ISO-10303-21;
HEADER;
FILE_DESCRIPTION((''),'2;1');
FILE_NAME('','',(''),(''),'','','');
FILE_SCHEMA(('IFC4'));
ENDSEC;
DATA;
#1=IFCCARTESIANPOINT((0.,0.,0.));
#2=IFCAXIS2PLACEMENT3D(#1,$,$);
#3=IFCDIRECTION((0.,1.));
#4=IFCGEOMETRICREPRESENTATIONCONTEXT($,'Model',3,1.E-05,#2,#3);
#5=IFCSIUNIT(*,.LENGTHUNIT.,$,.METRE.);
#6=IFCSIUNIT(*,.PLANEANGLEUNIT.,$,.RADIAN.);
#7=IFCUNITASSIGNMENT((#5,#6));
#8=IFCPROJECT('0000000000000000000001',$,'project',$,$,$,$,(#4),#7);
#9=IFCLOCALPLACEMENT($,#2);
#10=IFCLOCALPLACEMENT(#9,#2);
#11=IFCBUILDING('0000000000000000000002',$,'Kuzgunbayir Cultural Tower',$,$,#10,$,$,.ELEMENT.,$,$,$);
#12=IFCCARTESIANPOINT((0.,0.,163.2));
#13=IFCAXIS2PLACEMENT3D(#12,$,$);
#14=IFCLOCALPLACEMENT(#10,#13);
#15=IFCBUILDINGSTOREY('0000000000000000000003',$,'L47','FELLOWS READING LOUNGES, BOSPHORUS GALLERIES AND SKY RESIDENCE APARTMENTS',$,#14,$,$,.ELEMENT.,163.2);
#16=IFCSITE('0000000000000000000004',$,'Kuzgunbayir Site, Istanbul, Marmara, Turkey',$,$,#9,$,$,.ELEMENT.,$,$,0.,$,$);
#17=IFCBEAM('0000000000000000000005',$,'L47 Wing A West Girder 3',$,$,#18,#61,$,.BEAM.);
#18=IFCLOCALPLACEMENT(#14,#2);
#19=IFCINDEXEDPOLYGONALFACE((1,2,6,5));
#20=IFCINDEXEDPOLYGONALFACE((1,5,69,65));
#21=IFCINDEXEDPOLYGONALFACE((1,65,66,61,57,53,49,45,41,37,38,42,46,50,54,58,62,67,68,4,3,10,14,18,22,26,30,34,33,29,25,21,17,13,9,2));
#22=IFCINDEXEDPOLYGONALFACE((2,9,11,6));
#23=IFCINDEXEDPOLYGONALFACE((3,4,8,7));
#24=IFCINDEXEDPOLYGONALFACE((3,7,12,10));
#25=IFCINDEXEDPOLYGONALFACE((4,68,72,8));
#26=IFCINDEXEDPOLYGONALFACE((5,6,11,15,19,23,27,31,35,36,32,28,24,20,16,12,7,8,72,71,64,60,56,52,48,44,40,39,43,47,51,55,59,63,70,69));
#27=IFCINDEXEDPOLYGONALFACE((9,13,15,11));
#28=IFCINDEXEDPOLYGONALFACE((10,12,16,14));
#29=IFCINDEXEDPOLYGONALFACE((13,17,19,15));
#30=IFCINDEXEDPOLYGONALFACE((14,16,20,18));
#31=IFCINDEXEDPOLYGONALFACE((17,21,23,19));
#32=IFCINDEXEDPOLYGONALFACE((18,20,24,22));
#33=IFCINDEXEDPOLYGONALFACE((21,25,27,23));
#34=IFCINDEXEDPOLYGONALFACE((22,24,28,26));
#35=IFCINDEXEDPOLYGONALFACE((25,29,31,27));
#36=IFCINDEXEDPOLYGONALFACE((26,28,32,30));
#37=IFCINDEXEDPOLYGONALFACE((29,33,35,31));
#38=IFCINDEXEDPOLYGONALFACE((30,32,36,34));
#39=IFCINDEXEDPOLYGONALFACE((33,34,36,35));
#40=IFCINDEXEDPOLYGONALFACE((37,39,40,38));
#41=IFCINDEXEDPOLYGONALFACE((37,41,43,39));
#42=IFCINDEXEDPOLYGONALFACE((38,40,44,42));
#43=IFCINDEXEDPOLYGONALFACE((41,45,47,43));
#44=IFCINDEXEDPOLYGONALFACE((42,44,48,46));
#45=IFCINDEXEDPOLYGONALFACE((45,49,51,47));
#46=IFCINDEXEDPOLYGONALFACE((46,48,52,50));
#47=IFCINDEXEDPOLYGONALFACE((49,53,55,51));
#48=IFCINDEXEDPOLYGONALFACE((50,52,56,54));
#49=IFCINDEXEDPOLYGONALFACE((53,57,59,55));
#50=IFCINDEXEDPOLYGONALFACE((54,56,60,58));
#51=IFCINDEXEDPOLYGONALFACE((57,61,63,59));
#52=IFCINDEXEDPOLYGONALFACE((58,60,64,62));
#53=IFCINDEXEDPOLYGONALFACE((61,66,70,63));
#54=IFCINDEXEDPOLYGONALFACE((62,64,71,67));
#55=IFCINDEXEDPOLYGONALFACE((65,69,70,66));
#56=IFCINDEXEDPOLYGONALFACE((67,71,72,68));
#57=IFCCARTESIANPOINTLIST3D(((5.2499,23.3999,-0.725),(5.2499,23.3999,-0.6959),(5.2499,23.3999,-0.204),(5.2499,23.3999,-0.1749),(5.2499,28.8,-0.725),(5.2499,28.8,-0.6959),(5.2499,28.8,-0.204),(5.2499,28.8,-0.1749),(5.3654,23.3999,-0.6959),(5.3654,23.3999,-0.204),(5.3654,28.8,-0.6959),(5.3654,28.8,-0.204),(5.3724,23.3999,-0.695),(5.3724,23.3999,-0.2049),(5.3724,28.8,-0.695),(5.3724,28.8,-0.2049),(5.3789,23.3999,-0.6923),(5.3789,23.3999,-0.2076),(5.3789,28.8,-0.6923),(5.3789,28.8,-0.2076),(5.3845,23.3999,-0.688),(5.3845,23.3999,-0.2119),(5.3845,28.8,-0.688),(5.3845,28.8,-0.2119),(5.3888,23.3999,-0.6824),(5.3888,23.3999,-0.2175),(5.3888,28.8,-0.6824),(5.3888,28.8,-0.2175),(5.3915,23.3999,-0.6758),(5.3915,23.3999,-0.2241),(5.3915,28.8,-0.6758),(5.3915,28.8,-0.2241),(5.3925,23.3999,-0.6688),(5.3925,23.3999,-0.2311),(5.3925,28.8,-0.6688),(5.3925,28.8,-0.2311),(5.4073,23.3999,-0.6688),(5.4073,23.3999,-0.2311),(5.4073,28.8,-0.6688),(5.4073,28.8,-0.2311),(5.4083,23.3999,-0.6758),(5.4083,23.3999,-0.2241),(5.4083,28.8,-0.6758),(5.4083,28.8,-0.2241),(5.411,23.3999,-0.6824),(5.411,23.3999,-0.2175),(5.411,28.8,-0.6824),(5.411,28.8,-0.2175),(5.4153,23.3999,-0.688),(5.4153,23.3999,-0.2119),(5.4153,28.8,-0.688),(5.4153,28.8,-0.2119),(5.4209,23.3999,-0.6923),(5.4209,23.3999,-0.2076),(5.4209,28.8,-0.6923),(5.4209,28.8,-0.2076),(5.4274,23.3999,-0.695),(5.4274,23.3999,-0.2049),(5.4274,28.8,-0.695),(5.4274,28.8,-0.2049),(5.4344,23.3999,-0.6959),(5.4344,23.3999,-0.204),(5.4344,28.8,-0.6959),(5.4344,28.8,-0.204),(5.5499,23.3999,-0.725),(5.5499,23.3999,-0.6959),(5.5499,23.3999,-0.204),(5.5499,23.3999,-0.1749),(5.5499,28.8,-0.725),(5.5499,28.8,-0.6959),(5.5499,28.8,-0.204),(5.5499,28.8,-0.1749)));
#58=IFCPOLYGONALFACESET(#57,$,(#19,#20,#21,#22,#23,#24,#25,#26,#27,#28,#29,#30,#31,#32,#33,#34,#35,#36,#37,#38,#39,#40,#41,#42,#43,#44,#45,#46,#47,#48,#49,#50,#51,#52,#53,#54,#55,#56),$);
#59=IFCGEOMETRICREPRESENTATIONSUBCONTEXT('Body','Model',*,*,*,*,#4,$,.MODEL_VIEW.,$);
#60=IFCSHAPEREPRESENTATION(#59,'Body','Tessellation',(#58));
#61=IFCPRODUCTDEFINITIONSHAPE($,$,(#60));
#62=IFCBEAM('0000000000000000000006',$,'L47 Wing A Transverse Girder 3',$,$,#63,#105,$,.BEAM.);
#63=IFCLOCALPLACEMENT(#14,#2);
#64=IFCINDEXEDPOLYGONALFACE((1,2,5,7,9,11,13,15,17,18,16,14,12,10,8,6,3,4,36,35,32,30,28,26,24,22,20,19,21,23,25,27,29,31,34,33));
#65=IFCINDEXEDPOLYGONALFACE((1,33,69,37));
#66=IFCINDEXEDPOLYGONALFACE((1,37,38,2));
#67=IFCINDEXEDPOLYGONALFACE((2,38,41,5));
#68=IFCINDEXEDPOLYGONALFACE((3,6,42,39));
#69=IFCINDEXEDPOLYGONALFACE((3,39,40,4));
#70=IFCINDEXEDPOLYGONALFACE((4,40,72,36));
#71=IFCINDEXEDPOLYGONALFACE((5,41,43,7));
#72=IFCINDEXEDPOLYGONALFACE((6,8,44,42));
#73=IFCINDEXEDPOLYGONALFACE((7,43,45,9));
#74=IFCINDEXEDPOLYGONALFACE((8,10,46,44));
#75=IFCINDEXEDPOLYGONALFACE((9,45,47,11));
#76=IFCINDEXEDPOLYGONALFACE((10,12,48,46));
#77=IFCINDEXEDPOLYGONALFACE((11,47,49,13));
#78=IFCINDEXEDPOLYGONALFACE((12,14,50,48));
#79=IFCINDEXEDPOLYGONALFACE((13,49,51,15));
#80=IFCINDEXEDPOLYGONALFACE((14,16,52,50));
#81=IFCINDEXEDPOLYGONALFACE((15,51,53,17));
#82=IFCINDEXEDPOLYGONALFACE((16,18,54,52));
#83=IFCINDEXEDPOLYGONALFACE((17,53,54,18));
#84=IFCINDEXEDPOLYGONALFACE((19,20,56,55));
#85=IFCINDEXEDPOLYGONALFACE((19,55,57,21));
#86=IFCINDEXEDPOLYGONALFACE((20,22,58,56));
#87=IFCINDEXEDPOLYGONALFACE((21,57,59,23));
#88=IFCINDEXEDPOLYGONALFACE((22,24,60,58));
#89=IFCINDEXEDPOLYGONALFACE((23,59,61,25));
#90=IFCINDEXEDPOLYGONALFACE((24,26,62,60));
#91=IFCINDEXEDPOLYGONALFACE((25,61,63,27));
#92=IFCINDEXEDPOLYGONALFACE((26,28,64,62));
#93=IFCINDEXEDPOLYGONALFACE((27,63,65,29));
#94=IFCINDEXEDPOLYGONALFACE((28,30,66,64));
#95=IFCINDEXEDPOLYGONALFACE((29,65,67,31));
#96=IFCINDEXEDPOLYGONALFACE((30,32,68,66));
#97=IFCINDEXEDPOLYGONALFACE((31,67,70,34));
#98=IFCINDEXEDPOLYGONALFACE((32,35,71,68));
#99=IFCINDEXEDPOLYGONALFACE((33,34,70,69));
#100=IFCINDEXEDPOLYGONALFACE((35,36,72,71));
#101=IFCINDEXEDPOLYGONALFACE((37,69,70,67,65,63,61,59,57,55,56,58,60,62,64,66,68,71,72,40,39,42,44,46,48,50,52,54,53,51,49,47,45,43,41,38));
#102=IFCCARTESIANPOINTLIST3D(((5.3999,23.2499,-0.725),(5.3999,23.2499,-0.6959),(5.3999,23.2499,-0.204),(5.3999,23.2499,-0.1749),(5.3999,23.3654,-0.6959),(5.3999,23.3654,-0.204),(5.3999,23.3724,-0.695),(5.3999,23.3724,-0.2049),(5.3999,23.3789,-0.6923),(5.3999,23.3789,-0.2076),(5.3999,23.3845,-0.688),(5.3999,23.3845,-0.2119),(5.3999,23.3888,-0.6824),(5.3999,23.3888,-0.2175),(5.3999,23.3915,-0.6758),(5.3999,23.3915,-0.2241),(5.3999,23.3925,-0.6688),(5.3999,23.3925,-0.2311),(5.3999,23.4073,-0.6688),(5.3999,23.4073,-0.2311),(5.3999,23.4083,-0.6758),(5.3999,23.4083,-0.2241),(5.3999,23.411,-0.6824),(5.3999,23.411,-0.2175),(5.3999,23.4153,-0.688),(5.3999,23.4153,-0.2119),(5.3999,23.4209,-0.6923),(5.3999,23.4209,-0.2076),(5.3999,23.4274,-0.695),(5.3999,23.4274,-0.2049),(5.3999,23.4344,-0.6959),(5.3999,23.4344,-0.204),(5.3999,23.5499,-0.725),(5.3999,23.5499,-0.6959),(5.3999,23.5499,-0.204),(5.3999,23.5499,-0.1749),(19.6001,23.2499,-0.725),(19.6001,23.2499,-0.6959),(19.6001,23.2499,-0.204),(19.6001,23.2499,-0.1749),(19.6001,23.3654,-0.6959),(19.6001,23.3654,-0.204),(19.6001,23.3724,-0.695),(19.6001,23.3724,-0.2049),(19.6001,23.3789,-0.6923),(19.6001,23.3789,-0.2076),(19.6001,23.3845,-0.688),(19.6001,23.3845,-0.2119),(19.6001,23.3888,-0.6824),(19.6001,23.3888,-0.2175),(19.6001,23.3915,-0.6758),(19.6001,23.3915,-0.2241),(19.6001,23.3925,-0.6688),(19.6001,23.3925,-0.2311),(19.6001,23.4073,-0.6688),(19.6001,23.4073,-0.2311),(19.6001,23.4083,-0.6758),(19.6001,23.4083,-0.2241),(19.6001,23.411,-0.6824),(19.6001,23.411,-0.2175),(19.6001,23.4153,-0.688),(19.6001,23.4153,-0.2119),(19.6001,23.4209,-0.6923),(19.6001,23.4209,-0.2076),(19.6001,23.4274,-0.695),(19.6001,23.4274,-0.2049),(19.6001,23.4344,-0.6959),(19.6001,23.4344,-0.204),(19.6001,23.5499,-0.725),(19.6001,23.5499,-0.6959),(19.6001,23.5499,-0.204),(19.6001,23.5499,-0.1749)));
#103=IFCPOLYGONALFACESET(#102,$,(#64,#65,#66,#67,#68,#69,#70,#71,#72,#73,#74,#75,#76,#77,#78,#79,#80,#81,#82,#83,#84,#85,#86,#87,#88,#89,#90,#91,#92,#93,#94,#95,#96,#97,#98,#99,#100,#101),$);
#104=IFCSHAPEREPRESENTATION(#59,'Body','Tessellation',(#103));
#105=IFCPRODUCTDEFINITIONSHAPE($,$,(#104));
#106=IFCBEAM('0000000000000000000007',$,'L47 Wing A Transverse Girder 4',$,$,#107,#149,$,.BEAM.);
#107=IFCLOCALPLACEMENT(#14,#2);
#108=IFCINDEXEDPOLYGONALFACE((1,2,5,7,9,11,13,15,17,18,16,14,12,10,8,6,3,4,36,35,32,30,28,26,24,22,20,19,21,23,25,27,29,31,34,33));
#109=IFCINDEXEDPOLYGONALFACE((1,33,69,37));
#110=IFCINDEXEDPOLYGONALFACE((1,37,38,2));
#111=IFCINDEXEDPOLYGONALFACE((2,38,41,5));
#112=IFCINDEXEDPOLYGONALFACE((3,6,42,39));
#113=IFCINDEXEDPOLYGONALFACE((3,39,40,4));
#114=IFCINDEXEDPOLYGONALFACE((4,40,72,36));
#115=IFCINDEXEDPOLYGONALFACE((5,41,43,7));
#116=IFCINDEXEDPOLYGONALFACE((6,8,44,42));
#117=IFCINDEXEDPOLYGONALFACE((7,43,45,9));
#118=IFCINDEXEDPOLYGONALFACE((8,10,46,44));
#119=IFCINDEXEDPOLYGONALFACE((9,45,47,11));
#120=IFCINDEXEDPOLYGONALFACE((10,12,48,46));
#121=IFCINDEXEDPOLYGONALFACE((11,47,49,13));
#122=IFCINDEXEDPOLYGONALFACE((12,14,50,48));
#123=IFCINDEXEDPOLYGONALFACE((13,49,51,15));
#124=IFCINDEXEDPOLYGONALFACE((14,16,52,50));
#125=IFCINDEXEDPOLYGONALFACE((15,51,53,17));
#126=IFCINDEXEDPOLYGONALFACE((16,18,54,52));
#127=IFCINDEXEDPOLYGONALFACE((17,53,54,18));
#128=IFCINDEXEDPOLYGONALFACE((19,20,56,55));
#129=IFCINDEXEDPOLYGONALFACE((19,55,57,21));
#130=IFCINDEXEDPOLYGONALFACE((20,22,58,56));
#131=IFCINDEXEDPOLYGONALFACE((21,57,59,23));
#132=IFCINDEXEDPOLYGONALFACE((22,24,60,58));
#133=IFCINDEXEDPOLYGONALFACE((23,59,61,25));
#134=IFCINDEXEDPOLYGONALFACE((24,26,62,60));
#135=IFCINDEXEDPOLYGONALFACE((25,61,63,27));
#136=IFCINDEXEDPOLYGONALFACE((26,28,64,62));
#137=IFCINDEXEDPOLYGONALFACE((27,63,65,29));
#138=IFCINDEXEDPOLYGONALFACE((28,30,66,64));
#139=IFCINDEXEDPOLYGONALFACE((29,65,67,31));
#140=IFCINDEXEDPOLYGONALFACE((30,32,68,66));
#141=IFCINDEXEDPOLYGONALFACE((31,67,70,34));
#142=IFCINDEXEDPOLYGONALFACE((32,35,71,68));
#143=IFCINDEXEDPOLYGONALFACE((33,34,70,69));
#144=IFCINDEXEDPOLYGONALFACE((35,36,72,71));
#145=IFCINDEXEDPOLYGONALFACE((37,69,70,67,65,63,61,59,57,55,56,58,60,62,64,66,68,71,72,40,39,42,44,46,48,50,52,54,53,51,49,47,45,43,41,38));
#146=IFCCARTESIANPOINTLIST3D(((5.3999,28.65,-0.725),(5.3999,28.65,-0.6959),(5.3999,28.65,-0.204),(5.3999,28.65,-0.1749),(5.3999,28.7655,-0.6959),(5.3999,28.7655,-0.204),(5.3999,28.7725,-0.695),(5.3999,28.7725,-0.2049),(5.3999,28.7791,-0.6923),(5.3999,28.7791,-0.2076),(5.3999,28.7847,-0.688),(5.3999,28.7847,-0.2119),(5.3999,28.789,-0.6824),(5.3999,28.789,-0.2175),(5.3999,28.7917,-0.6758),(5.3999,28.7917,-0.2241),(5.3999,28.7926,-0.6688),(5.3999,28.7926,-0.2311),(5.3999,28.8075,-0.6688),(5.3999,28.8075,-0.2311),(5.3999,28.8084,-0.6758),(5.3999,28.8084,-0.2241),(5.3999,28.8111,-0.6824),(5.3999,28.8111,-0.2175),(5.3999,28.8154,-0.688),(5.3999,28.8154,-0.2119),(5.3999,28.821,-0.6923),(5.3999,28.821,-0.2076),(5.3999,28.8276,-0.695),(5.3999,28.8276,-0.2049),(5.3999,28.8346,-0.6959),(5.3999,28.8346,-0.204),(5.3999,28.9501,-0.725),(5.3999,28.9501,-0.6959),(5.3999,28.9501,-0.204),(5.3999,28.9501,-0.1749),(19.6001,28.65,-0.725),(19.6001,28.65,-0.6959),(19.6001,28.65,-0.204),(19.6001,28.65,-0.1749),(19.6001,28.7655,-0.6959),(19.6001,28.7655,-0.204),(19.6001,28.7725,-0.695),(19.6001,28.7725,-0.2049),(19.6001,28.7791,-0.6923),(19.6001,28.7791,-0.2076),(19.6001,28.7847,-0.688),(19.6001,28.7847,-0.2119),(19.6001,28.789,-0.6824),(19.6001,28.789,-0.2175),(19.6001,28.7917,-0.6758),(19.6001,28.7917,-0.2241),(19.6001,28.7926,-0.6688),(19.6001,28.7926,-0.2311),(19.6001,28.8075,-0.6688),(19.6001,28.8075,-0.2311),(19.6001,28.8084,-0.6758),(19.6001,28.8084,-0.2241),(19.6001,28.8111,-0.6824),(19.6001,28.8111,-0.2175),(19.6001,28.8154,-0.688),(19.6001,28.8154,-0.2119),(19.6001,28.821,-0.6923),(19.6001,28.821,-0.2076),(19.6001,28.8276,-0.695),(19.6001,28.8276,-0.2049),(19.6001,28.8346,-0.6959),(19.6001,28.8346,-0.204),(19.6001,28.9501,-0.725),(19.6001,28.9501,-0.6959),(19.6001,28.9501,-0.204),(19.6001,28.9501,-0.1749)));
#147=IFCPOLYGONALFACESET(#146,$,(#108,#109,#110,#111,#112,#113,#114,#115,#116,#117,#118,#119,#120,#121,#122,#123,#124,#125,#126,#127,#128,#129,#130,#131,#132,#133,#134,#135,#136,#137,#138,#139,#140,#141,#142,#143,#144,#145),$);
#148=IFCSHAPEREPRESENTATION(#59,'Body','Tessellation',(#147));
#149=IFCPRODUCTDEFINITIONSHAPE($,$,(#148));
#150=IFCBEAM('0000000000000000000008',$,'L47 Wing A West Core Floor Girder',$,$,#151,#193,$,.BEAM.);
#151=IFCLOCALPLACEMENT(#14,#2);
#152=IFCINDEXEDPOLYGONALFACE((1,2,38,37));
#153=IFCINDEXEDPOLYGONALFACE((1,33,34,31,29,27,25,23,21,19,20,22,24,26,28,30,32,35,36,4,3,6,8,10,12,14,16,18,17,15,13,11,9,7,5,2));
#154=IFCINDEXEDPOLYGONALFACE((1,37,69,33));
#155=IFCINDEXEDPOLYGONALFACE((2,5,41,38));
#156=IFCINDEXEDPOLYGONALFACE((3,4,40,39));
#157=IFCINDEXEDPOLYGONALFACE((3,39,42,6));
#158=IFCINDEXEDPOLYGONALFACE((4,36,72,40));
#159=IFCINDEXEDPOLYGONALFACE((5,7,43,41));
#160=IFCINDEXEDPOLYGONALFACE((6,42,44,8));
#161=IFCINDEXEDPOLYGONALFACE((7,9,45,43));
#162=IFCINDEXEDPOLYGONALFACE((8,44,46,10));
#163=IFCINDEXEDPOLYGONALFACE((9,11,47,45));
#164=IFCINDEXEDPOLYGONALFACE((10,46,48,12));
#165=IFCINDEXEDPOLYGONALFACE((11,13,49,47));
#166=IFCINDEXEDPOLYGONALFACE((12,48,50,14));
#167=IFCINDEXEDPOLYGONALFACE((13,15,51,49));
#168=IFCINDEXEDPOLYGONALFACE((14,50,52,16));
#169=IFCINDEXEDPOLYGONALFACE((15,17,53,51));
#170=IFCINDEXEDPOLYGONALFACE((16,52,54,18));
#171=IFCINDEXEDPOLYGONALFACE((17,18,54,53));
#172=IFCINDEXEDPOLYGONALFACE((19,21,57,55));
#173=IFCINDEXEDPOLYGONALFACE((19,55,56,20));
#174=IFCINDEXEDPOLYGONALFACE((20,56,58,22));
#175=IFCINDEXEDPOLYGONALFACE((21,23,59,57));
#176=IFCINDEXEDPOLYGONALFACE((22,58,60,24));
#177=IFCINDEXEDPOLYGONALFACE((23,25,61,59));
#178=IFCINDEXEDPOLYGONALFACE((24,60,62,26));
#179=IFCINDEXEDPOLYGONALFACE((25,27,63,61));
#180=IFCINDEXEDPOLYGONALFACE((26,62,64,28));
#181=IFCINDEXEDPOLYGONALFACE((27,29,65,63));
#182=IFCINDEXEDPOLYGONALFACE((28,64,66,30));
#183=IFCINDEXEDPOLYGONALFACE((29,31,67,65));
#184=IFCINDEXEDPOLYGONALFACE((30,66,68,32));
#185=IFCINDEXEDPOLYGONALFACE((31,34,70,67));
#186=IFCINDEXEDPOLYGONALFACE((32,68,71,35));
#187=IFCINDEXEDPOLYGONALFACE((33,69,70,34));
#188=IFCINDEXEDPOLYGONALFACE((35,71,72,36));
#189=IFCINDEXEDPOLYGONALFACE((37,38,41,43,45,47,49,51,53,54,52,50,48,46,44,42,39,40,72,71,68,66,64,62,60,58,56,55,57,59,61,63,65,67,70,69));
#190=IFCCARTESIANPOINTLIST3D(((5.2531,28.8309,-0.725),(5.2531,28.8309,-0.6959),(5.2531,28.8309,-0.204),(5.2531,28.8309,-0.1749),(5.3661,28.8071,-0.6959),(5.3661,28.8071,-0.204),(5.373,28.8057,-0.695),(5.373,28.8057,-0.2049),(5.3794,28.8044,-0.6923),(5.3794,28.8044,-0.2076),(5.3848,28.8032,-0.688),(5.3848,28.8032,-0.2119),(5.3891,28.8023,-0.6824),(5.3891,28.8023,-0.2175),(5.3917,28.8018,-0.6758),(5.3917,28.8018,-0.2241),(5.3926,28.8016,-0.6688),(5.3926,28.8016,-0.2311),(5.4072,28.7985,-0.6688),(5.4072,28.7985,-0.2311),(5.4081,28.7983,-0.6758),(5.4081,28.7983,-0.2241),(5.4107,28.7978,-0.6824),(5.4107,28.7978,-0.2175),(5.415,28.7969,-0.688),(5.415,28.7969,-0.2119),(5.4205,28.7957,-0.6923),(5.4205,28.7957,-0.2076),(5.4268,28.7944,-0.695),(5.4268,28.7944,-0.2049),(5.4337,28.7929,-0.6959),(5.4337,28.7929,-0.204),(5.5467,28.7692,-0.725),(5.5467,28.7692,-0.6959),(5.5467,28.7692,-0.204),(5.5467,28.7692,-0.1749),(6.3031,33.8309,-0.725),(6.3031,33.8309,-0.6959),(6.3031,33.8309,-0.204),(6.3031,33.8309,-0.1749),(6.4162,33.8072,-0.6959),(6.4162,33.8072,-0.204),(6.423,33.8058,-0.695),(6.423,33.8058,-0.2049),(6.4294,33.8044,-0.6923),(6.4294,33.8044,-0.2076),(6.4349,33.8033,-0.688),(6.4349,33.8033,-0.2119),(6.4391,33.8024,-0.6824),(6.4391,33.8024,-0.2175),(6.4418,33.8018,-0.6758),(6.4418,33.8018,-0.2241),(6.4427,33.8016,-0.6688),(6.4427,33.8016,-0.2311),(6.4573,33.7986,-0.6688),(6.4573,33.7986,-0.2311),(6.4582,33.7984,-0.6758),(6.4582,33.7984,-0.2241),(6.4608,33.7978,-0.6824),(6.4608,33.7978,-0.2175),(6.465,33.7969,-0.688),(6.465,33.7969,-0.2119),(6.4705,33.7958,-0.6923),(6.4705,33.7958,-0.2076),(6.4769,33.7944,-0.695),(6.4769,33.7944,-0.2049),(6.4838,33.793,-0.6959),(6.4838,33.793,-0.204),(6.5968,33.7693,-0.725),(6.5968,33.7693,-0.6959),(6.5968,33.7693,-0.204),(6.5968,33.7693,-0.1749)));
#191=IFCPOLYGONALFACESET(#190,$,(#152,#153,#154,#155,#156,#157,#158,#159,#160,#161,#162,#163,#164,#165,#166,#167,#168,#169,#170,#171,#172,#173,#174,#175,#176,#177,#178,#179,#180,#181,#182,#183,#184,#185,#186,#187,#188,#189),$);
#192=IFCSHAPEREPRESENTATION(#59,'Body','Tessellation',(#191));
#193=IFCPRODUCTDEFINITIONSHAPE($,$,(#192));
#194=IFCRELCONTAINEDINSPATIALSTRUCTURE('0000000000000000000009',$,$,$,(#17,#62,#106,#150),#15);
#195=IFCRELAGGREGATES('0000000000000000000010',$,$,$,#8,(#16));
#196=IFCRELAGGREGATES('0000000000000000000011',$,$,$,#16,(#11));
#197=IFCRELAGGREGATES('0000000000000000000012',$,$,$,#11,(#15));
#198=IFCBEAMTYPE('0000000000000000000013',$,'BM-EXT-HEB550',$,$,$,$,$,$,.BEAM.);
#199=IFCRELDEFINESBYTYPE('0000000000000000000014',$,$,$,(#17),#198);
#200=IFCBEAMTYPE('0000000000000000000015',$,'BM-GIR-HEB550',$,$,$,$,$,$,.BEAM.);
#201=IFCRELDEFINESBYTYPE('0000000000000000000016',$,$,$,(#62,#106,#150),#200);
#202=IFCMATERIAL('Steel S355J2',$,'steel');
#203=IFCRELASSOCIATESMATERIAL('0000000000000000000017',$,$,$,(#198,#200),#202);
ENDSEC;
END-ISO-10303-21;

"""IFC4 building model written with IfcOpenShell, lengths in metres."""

from ifc_helpers import new_model, si_unit, direction, frame, origin, origin_2d, place, context, subcontext, project, spatial, i_section, extrude, material, material_profile, profile_set, type_object, element, save


model = new_model("IFC4")

# Units and contexts
model_context = context("Model", 3, precision=1e-05, world=origin(), true_north=direction((0.0, 1.0)))
body_context = subcontext(model_context, "Body", "Model", "MODEL_VIEW")
ifc_project = project(units=[si_unit("LENGTHUNIT", "METRE"), si_unit("PLANEANGLEUNIT", "RADIAN")], contexts=[model_context])

# Site, building, storey
site_placement = place(None, origin())
site = spatial("IfcSite", under=ifc_project, at=site_placement, Name="Kuzgunbayir Site, Istanbul, Marmara, Turkey", CompositionType="ELEMENT", RefElevation=0.0)
building_placement = place(site_placement, origin())
building = spatial("IfcBuilding", under=site, at=building_placement, Name="Kuzgunbayir Cultural Tower", CompositionType="ELEMENT")
storey_placement = place(building_placement, frame((0.0, 0.0, 163.2)))
storey = spatial("IfcBuildingStorey", under=building, at=storey_placement, Name="L47", Description="FELLOWS READING LOUNGES, BOSPHORUS GALLERIES AND SKY RESIDENCE APARTMENTS", CompositionType="ELEMENT", Elevation=163.2)

# Beams
ifc_material_1 = material(Name="Steel S355J2", Category="steel")
ifc_material_profile_1 = material_profile(ifc_material_1, i_section(OverallWidth=0.3, OverallDepth=0.55, WebThickness=0.0149, FlangeThickness=0.0291, FilletRadius=0.0271, at=origin_2d()), Name="HEB 550")
ifc_profile_set_1 = profile_set([ifc_material_profile_1], Name="Steel S355J2")
beam_type_1 = type_object("IfcBeamType", Name="BM-EXT-HEB550", PredefinedType="BEAM", material=ifc_profile_set_1)
beam_1_placement = place(storey_placement, frame((5.3999, 23.3999, -0.45), z_axis=(0.0, 1.0, 0.0), x_axis=(-1.0, 0.0, 0.0)))
element("IfcBeam", 1, at=beam_1_placement, inside=storey, type_object=beam_type_1, Name="L47 Wing A West Girder 3", PredefinedType="BEAM", context=body_context, shape_type="SweptSolid", body=[
    extrude(i_section(OverallWidth=0.3, OverallDepth=0.55, WebThickness=0.0149, FlangeThickness=0.0291, FilletRadius=0.0271, at=origin_2d()), origin(), (0.0, 0.0, 1.0), 5.4001),
])
ifc_material_profile_2 = material_profile(ifc_material_1, i_section(OverallWidth=0.3, OverallDepth=0.55, WebThickness=0.0149, FlangeThickness=0.0291, FilletRadius=0.0271, at=origin_2d()), Name="HEB 550")
ifc_profile_set_2 = profile_set([ifc_material_profile_2], Name="Steel S355J2")
beam_type_2 = type_object("IfcBeamType", Name="BM-GIR-HEB550", PredefinedType="BEAM", material=ifc_profile_set_2)
for number, where, z_axis, x_axis, name in (
    (2, (5.3999, 23.3999, -0.45), (1.0, 0.0, 0.0), (0.0, 1.0, 0.0), "L47 Wing A Transverse Girder 3"),
    (3, (5.3999, 28.8, -0.45), (1.0, 0.0, 0.0), (0.0, 1.0, 0.0), "L47 Wing A Transverse Girder 4"),
):
    element("IfcBeam", number, at=place(storey_placement, frame(where, z_axis=z_axis, x_axis=x_axis)), inside=storey, type_object=beam_type_2, Name=name, PredefinedType="BEAM", context=body_context, shape_type="SweptSolid", body=[
        extrude(i_section(OverallWidth=0.3, OverallDepth=0.55, WebThickness=0.0149, FlangeThickness=0.0291, FilletRadius=0.0271, at=origin_2d()), origin(), (0.0, 0.0, 1.0), 14.2002),
    ])
beam_2_placement = place(storey_placement, frame((5.3999, 28.8, -0.45), z_axis=(0.205526, 0.978652, 0.0), x_axis=(-0.978652, 0.205526, 0.0)))
element("IfcBeam", 4, at=beam_2_placement, inside=storey, type_object=beam_type_2, Name="L47 Wing A West Core Floor Girder", PredefinedType="BEAM", context=body_context, shape_type="SweptSolid", body=[
    extrude(i_section(OverallWidth=0.3, OverallDepth=0.55, WebThickness=0.0149, FlangeThickness=0.0291, FilletRadius=0.0271, at=origin_2d()), origin(), (0.0, 0.0, 1.0), 5.1091),
])

save(model, "model.ifc")
